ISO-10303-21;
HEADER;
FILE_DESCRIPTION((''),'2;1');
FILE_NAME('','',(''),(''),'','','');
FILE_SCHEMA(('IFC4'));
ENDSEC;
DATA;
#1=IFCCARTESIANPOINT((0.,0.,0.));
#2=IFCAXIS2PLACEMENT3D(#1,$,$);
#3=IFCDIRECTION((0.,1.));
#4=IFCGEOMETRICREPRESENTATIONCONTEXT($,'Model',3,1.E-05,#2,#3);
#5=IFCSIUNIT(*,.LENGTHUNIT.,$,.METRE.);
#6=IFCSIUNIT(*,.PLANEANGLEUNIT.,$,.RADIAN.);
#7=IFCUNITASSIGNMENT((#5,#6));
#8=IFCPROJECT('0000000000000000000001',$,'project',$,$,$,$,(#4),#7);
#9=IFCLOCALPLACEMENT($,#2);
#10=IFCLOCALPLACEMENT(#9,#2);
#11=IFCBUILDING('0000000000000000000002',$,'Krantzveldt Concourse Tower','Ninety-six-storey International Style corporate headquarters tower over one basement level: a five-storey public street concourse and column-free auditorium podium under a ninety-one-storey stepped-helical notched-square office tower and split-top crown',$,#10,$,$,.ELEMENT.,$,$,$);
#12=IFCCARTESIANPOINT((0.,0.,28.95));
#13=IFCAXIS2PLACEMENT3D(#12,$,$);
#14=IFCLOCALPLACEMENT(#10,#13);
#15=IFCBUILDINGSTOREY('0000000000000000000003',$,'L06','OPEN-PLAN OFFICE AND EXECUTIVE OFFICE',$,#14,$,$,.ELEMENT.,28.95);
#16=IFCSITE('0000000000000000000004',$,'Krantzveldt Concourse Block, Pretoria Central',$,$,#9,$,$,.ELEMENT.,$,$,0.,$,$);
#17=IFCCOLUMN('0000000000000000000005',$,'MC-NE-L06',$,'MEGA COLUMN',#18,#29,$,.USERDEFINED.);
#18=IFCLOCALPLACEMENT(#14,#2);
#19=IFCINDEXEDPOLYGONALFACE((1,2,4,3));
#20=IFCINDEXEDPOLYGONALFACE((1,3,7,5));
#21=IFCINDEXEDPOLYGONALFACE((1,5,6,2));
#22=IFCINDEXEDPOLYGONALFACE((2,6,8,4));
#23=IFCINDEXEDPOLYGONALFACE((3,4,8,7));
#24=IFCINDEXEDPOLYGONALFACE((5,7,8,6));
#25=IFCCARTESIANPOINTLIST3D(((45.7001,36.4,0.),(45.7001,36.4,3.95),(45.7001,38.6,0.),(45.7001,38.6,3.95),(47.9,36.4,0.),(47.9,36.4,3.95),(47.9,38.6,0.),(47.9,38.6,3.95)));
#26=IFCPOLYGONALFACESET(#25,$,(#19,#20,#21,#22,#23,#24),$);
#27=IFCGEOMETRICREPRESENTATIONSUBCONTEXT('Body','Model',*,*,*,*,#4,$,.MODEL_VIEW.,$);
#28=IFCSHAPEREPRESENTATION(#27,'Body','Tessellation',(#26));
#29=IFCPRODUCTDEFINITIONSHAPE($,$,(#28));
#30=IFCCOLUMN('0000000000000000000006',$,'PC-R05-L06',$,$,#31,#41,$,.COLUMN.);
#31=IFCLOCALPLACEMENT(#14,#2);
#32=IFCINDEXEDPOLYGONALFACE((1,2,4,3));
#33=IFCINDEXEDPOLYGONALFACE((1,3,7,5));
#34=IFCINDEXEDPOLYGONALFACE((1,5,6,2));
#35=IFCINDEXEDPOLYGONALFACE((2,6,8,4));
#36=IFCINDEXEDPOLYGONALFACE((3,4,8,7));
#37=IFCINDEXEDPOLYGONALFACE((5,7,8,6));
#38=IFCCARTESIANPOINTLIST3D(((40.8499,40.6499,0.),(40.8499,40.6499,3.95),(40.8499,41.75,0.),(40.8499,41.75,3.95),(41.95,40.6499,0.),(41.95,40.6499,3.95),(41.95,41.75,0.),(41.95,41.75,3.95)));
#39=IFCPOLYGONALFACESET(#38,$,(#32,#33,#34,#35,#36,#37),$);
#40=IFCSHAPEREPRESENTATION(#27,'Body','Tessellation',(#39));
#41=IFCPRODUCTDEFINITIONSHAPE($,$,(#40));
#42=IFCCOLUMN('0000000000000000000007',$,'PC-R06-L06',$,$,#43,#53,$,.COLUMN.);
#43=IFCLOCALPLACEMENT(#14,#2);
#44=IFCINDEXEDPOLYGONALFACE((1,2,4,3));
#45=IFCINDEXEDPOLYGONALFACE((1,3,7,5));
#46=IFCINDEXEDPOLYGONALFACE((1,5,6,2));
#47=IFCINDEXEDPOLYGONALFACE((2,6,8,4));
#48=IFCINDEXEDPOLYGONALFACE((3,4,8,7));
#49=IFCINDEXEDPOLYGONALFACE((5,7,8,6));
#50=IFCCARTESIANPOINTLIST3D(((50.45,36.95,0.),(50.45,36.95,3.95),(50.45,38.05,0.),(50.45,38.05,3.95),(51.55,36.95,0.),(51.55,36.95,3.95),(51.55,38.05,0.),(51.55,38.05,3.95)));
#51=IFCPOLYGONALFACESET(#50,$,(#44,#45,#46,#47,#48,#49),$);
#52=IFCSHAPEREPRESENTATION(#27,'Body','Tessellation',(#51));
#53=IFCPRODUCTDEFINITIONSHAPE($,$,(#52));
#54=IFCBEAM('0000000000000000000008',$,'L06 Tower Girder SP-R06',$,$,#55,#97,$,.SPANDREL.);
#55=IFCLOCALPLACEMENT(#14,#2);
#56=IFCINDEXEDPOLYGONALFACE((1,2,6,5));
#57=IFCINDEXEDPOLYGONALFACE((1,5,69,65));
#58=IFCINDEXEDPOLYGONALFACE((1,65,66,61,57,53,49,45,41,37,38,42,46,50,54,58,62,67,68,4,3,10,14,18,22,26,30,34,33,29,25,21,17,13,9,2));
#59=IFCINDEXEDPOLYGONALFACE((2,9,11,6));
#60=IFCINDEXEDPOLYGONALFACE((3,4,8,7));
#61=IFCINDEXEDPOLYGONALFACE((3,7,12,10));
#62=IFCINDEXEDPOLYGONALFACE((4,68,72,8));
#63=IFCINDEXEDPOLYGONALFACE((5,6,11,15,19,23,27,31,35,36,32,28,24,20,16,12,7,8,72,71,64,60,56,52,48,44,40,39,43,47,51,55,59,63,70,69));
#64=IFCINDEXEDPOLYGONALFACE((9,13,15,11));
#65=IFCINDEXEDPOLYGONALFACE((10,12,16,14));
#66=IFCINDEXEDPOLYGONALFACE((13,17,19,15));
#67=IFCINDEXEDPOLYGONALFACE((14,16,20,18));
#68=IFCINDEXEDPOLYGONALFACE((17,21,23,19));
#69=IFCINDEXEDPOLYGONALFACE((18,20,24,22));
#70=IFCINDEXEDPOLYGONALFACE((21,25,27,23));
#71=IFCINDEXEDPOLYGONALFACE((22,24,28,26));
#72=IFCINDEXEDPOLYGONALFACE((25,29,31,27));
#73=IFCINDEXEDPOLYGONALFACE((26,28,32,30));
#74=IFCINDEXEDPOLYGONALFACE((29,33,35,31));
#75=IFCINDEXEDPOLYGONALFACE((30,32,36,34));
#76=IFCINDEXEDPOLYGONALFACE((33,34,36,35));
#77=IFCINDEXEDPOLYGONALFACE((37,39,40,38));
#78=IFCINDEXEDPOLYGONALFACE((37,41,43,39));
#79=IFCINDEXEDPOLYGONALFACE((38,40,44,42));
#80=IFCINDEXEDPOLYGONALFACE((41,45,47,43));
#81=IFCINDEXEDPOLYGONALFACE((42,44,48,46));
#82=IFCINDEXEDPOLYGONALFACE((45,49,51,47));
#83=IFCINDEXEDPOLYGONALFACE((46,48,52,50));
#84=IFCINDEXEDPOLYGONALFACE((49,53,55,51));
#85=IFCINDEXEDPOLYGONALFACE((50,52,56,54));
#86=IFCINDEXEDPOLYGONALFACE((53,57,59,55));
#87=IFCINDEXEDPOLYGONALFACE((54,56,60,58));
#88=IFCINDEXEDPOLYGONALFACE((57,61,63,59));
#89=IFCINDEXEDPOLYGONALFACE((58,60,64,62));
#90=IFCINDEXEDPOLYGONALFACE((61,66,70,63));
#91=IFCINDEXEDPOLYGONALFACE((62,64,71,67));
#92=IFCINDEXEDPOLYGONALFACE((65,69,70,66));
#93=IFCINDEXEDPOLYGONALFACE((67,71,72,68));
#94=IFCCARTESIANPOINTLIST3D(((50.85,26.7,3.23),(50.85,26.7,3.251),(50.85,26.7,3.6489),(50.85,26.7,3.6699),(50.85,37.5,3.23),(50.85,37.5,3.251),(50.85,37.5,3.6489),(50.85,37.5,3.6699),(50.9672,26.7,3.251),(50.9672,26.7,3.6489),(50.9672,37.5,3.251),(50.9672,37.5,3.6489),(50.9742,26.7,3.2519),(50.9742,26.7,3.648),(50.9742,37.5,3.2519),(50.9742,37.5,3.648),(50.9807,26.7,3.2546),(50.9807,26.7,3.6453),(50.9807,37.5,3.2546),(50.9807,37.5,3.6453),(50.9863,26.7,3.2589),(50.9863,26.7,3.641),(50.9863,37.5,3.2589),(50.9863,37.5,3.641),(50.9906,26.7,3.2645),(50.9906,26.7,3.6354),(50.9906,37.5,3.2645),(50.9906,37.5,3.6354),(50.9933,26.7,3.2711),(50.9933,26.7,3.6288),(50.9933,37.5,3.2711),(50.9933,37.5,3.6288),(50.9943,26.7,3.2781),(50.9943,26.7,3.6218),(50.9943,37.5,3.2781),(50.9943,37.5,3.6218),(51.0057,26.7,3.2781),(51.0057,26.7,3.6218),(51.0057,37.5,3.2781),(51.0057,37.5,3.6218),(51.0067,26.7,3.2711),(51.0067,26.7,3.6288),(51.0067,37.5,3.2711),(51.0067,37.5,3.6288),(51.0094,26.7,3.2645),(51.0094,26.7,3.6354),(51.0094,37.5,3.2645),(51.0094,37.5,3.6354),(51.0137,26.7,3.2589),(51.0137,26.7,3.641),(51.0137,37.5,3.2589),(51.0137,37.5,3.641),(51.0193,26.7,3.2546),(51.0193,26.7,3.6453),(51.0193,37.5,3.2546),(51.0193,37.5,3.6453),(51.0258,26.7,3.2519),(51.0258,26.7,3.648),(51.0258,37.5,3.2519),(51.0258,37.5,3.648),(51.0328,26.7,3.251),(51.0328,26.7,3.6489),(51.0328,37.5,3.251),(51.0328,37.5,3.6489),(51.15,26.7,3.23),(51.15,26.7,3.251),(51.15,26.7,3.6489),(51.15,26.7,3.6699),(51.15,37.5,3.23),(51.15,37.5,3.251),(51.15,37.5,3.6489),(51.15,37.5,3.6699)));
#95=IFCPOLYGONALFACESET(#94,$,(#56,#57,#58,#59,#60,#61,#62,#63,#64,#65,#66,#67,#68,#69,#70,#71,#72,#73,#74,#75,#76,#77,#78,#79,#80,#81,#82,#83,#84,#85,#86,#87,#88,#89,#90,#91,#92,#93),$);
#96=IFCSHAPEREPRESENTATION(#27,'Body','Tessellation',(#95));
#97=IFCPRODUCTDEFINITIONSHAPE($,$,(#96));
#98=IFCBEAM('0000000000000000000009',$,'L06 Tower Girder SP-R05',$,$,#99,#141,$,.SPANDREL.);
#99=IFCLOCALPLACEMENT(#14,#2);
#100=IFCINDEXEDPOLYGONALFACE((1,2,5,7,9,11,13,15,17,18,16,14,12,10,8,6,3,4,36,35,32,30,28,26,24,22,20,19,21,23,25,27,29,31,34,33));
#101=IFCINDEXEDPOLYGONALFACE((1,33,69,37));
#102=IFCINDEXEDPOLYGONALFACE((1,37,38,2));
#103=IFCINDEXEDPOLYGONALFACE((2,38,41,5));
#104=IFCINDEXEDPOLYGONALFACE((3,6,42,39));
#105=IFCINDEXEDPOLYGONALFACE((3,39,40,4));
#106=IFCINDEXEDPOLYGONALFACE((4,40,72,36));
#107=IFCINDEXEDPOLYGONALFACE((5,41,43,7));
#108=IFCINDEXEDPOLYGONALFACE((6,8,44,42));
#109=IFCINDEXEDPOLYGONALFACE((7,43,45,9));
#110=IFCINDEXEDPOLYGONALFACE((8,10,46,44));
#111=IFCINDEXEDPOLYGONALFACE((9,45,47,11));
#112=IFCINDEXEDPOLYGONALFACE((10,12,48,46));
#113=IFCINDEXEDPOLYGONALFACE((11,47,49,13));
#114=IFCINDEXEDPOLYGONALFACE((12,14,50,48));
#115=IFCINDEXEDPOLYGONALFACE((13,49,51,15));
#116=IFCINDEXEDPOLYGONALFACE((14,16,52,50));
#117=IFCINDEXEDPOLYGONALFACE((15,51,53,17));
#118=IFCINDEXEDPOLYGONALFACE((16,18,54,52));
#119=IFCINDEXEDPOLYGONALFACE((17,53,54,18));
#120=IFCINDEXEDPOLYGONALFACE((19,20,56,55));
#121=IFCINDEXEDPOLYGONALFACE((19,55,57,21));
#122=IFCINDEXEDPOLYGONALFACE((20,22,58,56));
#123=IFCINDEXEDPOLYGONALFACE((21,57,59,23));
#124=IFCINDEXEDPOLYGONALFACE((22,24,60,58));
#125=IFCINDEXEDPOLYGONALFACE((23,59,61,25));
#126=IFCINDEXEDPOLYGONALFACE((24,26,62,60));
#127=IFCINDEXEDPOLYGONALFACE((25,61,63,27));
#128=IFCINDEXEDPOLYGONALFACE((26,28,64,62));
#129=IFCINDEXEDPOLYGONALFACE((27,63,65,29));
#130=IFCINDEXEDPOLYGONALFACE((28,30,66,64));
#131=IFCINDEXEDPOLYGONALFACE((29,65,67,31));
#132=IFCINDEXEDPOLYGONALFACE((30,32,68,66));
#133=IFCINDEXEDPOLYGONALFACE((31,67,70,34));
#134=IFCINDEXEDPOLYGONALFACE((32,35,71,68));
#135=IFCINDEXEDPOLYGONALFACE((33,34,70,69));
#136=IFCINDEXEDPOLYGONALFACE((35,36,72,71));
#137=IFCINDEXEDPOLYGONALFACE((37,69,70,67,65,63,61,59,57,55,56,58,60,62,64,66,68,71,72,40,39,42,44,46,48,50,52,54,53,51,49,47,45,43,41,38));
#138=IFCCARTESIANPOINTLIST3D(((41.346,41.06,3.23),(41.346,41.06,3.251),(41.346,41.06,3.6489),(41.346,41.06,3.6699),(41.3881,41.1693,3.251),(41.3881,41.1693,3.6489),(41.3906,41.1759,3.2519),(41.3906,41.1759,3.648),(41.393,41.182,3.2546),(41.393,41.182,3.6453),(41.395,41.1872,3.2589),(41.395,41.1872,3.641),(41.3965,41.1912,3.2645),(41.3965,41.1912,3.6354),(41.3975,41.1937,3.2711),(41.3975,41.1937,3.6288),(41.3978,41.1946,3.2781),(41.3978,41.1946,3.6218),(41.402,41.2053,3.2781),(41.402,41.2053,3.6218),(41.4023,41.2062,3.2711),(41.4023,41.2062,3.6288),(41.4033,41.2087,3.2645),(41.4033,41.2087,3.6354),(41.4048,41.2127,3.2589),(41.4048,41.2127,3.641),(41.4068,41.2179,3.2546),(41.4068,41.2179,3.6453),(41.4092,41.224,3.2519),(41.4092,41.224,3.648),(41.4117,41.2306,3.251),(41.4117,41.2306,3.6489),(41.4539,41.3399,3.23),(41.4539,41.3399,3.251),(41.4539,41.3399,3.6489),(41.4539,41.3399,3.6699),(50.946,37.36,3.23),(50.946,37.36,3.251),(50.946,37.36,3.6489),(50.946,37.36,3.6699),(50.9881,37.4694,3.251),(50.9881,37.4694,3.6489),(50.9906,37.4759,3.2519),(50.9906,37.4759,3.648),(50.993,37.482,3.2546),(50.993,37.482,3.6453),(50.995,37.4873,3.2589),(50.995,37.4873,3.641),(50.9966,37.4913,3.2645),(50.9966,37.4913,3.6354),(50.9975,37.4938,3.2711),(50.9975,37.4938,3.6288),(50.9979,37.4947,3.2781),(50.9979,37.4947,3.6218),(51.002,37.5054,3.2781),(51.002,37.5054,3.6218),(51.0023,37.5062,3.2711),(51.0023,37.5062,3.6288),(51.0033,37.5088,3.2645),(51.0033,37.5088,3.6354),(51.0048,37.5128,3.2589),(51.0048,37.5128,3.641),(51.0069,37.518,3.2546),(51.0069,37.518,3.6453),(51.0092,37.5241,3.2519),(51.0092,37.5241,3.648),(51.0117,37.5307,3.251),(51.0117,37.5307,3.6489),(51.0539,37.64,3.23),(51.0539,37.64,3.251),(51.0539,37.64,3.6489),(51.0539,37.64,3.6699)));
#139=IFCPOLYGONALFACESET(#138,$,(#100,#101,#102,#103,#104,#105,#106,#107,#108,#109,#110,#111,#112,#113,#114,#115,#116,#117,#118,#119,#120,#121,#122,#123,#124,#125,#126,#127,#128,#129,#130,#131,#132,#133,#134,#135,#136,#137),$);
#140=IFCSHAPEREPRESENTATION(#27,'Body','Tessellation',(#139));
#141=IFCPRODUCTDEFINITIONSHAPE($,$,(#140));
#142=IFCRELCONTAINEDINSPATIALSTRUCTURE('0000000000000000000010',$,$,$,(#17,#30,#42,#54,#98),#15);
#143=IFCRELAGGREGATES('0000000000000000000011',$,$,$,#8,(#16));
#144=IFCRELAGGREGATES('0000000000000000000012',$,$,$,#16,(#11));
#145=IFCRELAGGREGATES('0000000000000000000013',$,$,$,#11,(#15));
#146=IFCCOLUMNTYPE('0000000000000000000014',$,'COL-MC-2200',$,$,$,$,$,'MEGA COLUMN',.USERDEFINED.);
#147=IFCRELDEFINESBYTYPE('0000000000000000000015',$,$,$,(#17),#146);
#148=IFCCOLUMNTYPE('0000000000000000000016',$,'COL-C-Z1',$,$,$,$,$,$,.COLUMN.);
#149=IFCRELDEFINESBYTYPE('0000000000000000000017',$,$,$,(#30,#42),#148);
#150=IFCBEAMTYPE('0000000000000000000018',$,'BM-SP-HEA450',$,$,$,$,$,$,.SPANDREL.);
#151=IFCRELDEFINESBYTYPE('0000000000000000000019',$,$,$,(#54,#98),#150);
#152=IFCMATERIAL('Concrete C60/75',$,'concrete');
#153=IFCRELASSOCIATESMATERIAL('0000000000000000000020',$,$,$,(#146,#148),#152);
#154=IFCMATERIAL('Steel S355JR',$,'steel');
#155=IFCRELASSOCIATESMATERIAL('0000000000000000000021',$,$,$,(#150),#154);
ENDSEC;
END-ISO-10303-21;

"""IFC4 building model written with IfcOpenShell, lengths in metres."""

from ifc_helpers import new_model, si_unit, direction, frame, origin, origin_2d, place, context, subcontext, project, spatial, rectangle, i_section, extrude, source, transform, mapped, material, material_profile, profile_set, type_object, type_shapes, element, save


model = new_model("IFC4")

# Units and contexts
model_context = context("Model", 3, precision=1e-05, world=origin(), true_north=direction((0.0, 1.0)))
body_context = subcontext(model_context, "Body", "Model", "MODEL_VIEW")
ifc_project = project(units=[si_unit("LENGTHUNIT", "METRE"), si_unit("PLANEANGLEUNIT", "RADIAN")], contexts=[model_context])

# Site, building, storey
site_placement = place(None, origin())
site = spatial("IfcSite", under=ifc_project, at=site_placement, Name="Krantzveldt Concourse Block, Pretoria Central", CompositionType="ELEMENT", RefElevation=0.0)
building_placement = place(site_placement, origin())
building = spatial("IfcBuilding", under=site, at=building_placement, Name="Krantzveldt Concourse Tower", Description="Ninety-six-storey International Style corporate headquarters tower over one basement level: a five-storey public street concourse and column-free auditorium podium under a ninety-one-storey stepped-helical notched-square office tower and split-top crown", CompositionType="ELEMENT")
storey_placement = place(building_placement, frame((0.0, 0.0, 28.95)))
storey = spatial("IfcBuildingStorey", under=building, at=storey_placement, Name="L06", Description="OPEN-PLAN OFFICE AND EXECUTIVE OFFICE", CompositionType="ELEMENT", Elevation=28.95)

# Columns
ifc_material_1 = material(Name="Concrete C60/75", Category="concrete")
ifc_material_profile_1 = material_profile(ifc_material_1, rectangle(XDim=2.2, YDim=2.2, at=origin_2d()), Name="Concrete C60/75", Category="concrete")
ifc_profile_set_1 = profile_set([ifc_material_profile_1], Name="Concrete C60/75 - RC 2200x2200")
column_type_1 = type_object("IfcColumnType", Name="COL-MC-2200", ElementType="MEGA COLUMN", PredefinedType="USERDEFINED", material=ifc_profile_set_1)
shared_shape_1 = source(origin(), body_context, "Body", "SweptSolid", [
    extrude(rectangle(XDim=2.2, YDim=2.2, at=origin_2d()), origin(), (0.0, 0.0, 1.0), 3.95),
])
type_shapes(column_type_1, [shared_shape_1])
column_placement = place(storey_placement, frame((46.8, 37.5, 0.0), z_axis=(0.0, 0.0, 1.0), x_axis=(1.0, 0.0, 0.0)))
element("IfcColumn", 1, at=column_placement, inside=storey, type_object=column_type_1, Name="MC-NE-L06", ObjectType="MEGA COLUMN", PredefinedType="USERDEFINED", context=body_context, shape_type="MappedRepresentation", body=[
    mapped(shared_shape_1, transform((0.0, 0.0, 0.0), x_axis=(1.0, 0.0, 0.0), y_axis=(0.0, 1.0, 0.0), z_axis=(0.0, 0.0, 1.0), scale=1.0)),
])
ifc_material_profile_2 = material_profile(ifc_material_1, rectangle(XDim=1.1001, YDim=1.1001, at=origin_2d()), Name="Concrete C60/75", Category="concrete")
ifc_profile_set_2 = profile_set([ifc_material_profile_2], Name="Concrete C60/75 - RC 1100x1100")
column_type_2 = type_object("IfcColumnType", Name="COL-C-Z1", PredefinedType="COLUMN", material=ifc_profile_set_2)
shared_shape_2 = source(origin(), body_context, "Body", "SweptSolid", [
    extrude(rectangle(XDim=1.1001, YDim=1.1001, at=origin_2d()), origin(), (0.0, 0.0, 1.0), 3.95),
])
type_shapes(column_type_2, [shared_shape_2])
for number, where, z_axis, x_axis, name in (
    (2, (41.3999, 41.2, 0.0), (0.0, 0.0, 1.0), (1.0, 0.0, 0.0), "PC-R05-L06"),
    (3, (51.0, 37.5, 0.0), (0.0, 0.0, 1.0), (1.0, 0.0, 0.0), "PC-R06-L06"),
):
    element("IfcColumn", number, at=place(storey_placement, frame(where, z_axis=z_axis, x_axis=x_axis)), inside=storey, type_object=column_type_2, Name=name, PredefinedType="COLUMN", context=body_context, shape_type="MappedRepresentation", body=[
        mapped(shared_shape_2, transform((0.0, 0.0, 0.0), x_axis=(1.0, 0.0, 0.0), y_axis=(0.0, 1.0, 0.0), z_axis=(0.0, 0.0, 1.0), scale=1.0)),
    ])

# Beams
ifc_material_2 = material(Name="Steel S355JR", Category="steel")
ifc_material_profile_3 = material_profile(ifc_material_2, i_section(OverallWidth=0.3, OverallDepth=0.4399, WebThickness=0.0115, FlangeThickness=0.021, FilletRadius=0.0271, at=origin_2d()), Name="Steel S355JR", Category="steel")
ifc_profile_set_3 = profile_set([ifc_material_profile_3], Name="Steel S355JR - HEA 450")
beam_type_1 = type_object("IfcBeamType", Name="BM-SP-HEA450", PredefinedType="SPANDREL", material=ifc_profile_set_3)
shared_shape_3 = source(origin(), body_context, "Body", "SweptSolid", [
    extrude(i_section(OverallWidth=0.3, OverallDepth=0.4399, WebThickness=0.0115, FlangeThickness=0.021, FilletRadius=0.0271, at=origin_2d()), origin(), (0.0, 0.0, 1.0), 10.8),
])
beam_1_placement = place(storey_placement, frame((51.0, 37.5, 3.45), z_axis=(0.0, -1.0, 0.0), x_axis=(1.0, 0.0, 0.0)))
element("IfcBeam", 4, at=beam_1_placement, inside=storey, type_object=beam_type_1, Name="L06 Tower Girder SP-R06", PredefinedType="SPANDREL", context=body_context, shape_type="MappedRepresentation", body=[
    mapped(shared_shape_3, transform((0.0, 0.0, 0.0), x_axis=(1.0, 0.0, 0.0), y_axis=(0.0, 1.0, 0.0), z_axis=(0.0, 0.0, 1.0), scale=1.0)),
])
shared_shape_4 = source(origin(), body_context, "Body", "SweptSolid", [
    extrude(i_section(OverallWidth=0.3, OverallDepth=0.4399, WebThickness=0.0115, FlangeThickness=0.021, FilletRadius=0.0271, at=origin_2d()), origin(), (0.0, 0.0, 1.0), 10.2883),
])
type_shapes(beam_type_1, [shared_shape_3, shared_shape_4])
beam_2_placement = place(storey_placement, frame((41.3999, 41.2, 3.45), z_axis=(0.933098, -0.359623, 0.0), x_axis=(0.359623, 0.933098, 0.0)))
element("IfcBeam", 5, at=beam_2_placement, inside=storey, type_object=beam_type_1, Name="L06 Tower Girder SP-R05", PredefinedType="SPANDREL", context=body_context, shape_type="MappedRepresentation", body=[
    mapped(shared_shape_4, transform((0.0, 0.0, 0.0), x_axis=(1.0, 0.0, 0.0), y_axis=(0.0, 1.0, 0.0), z_axis=(0.0, 0.0, 1.0), scale=1.0)),
])

save(model, "model.ifc")
